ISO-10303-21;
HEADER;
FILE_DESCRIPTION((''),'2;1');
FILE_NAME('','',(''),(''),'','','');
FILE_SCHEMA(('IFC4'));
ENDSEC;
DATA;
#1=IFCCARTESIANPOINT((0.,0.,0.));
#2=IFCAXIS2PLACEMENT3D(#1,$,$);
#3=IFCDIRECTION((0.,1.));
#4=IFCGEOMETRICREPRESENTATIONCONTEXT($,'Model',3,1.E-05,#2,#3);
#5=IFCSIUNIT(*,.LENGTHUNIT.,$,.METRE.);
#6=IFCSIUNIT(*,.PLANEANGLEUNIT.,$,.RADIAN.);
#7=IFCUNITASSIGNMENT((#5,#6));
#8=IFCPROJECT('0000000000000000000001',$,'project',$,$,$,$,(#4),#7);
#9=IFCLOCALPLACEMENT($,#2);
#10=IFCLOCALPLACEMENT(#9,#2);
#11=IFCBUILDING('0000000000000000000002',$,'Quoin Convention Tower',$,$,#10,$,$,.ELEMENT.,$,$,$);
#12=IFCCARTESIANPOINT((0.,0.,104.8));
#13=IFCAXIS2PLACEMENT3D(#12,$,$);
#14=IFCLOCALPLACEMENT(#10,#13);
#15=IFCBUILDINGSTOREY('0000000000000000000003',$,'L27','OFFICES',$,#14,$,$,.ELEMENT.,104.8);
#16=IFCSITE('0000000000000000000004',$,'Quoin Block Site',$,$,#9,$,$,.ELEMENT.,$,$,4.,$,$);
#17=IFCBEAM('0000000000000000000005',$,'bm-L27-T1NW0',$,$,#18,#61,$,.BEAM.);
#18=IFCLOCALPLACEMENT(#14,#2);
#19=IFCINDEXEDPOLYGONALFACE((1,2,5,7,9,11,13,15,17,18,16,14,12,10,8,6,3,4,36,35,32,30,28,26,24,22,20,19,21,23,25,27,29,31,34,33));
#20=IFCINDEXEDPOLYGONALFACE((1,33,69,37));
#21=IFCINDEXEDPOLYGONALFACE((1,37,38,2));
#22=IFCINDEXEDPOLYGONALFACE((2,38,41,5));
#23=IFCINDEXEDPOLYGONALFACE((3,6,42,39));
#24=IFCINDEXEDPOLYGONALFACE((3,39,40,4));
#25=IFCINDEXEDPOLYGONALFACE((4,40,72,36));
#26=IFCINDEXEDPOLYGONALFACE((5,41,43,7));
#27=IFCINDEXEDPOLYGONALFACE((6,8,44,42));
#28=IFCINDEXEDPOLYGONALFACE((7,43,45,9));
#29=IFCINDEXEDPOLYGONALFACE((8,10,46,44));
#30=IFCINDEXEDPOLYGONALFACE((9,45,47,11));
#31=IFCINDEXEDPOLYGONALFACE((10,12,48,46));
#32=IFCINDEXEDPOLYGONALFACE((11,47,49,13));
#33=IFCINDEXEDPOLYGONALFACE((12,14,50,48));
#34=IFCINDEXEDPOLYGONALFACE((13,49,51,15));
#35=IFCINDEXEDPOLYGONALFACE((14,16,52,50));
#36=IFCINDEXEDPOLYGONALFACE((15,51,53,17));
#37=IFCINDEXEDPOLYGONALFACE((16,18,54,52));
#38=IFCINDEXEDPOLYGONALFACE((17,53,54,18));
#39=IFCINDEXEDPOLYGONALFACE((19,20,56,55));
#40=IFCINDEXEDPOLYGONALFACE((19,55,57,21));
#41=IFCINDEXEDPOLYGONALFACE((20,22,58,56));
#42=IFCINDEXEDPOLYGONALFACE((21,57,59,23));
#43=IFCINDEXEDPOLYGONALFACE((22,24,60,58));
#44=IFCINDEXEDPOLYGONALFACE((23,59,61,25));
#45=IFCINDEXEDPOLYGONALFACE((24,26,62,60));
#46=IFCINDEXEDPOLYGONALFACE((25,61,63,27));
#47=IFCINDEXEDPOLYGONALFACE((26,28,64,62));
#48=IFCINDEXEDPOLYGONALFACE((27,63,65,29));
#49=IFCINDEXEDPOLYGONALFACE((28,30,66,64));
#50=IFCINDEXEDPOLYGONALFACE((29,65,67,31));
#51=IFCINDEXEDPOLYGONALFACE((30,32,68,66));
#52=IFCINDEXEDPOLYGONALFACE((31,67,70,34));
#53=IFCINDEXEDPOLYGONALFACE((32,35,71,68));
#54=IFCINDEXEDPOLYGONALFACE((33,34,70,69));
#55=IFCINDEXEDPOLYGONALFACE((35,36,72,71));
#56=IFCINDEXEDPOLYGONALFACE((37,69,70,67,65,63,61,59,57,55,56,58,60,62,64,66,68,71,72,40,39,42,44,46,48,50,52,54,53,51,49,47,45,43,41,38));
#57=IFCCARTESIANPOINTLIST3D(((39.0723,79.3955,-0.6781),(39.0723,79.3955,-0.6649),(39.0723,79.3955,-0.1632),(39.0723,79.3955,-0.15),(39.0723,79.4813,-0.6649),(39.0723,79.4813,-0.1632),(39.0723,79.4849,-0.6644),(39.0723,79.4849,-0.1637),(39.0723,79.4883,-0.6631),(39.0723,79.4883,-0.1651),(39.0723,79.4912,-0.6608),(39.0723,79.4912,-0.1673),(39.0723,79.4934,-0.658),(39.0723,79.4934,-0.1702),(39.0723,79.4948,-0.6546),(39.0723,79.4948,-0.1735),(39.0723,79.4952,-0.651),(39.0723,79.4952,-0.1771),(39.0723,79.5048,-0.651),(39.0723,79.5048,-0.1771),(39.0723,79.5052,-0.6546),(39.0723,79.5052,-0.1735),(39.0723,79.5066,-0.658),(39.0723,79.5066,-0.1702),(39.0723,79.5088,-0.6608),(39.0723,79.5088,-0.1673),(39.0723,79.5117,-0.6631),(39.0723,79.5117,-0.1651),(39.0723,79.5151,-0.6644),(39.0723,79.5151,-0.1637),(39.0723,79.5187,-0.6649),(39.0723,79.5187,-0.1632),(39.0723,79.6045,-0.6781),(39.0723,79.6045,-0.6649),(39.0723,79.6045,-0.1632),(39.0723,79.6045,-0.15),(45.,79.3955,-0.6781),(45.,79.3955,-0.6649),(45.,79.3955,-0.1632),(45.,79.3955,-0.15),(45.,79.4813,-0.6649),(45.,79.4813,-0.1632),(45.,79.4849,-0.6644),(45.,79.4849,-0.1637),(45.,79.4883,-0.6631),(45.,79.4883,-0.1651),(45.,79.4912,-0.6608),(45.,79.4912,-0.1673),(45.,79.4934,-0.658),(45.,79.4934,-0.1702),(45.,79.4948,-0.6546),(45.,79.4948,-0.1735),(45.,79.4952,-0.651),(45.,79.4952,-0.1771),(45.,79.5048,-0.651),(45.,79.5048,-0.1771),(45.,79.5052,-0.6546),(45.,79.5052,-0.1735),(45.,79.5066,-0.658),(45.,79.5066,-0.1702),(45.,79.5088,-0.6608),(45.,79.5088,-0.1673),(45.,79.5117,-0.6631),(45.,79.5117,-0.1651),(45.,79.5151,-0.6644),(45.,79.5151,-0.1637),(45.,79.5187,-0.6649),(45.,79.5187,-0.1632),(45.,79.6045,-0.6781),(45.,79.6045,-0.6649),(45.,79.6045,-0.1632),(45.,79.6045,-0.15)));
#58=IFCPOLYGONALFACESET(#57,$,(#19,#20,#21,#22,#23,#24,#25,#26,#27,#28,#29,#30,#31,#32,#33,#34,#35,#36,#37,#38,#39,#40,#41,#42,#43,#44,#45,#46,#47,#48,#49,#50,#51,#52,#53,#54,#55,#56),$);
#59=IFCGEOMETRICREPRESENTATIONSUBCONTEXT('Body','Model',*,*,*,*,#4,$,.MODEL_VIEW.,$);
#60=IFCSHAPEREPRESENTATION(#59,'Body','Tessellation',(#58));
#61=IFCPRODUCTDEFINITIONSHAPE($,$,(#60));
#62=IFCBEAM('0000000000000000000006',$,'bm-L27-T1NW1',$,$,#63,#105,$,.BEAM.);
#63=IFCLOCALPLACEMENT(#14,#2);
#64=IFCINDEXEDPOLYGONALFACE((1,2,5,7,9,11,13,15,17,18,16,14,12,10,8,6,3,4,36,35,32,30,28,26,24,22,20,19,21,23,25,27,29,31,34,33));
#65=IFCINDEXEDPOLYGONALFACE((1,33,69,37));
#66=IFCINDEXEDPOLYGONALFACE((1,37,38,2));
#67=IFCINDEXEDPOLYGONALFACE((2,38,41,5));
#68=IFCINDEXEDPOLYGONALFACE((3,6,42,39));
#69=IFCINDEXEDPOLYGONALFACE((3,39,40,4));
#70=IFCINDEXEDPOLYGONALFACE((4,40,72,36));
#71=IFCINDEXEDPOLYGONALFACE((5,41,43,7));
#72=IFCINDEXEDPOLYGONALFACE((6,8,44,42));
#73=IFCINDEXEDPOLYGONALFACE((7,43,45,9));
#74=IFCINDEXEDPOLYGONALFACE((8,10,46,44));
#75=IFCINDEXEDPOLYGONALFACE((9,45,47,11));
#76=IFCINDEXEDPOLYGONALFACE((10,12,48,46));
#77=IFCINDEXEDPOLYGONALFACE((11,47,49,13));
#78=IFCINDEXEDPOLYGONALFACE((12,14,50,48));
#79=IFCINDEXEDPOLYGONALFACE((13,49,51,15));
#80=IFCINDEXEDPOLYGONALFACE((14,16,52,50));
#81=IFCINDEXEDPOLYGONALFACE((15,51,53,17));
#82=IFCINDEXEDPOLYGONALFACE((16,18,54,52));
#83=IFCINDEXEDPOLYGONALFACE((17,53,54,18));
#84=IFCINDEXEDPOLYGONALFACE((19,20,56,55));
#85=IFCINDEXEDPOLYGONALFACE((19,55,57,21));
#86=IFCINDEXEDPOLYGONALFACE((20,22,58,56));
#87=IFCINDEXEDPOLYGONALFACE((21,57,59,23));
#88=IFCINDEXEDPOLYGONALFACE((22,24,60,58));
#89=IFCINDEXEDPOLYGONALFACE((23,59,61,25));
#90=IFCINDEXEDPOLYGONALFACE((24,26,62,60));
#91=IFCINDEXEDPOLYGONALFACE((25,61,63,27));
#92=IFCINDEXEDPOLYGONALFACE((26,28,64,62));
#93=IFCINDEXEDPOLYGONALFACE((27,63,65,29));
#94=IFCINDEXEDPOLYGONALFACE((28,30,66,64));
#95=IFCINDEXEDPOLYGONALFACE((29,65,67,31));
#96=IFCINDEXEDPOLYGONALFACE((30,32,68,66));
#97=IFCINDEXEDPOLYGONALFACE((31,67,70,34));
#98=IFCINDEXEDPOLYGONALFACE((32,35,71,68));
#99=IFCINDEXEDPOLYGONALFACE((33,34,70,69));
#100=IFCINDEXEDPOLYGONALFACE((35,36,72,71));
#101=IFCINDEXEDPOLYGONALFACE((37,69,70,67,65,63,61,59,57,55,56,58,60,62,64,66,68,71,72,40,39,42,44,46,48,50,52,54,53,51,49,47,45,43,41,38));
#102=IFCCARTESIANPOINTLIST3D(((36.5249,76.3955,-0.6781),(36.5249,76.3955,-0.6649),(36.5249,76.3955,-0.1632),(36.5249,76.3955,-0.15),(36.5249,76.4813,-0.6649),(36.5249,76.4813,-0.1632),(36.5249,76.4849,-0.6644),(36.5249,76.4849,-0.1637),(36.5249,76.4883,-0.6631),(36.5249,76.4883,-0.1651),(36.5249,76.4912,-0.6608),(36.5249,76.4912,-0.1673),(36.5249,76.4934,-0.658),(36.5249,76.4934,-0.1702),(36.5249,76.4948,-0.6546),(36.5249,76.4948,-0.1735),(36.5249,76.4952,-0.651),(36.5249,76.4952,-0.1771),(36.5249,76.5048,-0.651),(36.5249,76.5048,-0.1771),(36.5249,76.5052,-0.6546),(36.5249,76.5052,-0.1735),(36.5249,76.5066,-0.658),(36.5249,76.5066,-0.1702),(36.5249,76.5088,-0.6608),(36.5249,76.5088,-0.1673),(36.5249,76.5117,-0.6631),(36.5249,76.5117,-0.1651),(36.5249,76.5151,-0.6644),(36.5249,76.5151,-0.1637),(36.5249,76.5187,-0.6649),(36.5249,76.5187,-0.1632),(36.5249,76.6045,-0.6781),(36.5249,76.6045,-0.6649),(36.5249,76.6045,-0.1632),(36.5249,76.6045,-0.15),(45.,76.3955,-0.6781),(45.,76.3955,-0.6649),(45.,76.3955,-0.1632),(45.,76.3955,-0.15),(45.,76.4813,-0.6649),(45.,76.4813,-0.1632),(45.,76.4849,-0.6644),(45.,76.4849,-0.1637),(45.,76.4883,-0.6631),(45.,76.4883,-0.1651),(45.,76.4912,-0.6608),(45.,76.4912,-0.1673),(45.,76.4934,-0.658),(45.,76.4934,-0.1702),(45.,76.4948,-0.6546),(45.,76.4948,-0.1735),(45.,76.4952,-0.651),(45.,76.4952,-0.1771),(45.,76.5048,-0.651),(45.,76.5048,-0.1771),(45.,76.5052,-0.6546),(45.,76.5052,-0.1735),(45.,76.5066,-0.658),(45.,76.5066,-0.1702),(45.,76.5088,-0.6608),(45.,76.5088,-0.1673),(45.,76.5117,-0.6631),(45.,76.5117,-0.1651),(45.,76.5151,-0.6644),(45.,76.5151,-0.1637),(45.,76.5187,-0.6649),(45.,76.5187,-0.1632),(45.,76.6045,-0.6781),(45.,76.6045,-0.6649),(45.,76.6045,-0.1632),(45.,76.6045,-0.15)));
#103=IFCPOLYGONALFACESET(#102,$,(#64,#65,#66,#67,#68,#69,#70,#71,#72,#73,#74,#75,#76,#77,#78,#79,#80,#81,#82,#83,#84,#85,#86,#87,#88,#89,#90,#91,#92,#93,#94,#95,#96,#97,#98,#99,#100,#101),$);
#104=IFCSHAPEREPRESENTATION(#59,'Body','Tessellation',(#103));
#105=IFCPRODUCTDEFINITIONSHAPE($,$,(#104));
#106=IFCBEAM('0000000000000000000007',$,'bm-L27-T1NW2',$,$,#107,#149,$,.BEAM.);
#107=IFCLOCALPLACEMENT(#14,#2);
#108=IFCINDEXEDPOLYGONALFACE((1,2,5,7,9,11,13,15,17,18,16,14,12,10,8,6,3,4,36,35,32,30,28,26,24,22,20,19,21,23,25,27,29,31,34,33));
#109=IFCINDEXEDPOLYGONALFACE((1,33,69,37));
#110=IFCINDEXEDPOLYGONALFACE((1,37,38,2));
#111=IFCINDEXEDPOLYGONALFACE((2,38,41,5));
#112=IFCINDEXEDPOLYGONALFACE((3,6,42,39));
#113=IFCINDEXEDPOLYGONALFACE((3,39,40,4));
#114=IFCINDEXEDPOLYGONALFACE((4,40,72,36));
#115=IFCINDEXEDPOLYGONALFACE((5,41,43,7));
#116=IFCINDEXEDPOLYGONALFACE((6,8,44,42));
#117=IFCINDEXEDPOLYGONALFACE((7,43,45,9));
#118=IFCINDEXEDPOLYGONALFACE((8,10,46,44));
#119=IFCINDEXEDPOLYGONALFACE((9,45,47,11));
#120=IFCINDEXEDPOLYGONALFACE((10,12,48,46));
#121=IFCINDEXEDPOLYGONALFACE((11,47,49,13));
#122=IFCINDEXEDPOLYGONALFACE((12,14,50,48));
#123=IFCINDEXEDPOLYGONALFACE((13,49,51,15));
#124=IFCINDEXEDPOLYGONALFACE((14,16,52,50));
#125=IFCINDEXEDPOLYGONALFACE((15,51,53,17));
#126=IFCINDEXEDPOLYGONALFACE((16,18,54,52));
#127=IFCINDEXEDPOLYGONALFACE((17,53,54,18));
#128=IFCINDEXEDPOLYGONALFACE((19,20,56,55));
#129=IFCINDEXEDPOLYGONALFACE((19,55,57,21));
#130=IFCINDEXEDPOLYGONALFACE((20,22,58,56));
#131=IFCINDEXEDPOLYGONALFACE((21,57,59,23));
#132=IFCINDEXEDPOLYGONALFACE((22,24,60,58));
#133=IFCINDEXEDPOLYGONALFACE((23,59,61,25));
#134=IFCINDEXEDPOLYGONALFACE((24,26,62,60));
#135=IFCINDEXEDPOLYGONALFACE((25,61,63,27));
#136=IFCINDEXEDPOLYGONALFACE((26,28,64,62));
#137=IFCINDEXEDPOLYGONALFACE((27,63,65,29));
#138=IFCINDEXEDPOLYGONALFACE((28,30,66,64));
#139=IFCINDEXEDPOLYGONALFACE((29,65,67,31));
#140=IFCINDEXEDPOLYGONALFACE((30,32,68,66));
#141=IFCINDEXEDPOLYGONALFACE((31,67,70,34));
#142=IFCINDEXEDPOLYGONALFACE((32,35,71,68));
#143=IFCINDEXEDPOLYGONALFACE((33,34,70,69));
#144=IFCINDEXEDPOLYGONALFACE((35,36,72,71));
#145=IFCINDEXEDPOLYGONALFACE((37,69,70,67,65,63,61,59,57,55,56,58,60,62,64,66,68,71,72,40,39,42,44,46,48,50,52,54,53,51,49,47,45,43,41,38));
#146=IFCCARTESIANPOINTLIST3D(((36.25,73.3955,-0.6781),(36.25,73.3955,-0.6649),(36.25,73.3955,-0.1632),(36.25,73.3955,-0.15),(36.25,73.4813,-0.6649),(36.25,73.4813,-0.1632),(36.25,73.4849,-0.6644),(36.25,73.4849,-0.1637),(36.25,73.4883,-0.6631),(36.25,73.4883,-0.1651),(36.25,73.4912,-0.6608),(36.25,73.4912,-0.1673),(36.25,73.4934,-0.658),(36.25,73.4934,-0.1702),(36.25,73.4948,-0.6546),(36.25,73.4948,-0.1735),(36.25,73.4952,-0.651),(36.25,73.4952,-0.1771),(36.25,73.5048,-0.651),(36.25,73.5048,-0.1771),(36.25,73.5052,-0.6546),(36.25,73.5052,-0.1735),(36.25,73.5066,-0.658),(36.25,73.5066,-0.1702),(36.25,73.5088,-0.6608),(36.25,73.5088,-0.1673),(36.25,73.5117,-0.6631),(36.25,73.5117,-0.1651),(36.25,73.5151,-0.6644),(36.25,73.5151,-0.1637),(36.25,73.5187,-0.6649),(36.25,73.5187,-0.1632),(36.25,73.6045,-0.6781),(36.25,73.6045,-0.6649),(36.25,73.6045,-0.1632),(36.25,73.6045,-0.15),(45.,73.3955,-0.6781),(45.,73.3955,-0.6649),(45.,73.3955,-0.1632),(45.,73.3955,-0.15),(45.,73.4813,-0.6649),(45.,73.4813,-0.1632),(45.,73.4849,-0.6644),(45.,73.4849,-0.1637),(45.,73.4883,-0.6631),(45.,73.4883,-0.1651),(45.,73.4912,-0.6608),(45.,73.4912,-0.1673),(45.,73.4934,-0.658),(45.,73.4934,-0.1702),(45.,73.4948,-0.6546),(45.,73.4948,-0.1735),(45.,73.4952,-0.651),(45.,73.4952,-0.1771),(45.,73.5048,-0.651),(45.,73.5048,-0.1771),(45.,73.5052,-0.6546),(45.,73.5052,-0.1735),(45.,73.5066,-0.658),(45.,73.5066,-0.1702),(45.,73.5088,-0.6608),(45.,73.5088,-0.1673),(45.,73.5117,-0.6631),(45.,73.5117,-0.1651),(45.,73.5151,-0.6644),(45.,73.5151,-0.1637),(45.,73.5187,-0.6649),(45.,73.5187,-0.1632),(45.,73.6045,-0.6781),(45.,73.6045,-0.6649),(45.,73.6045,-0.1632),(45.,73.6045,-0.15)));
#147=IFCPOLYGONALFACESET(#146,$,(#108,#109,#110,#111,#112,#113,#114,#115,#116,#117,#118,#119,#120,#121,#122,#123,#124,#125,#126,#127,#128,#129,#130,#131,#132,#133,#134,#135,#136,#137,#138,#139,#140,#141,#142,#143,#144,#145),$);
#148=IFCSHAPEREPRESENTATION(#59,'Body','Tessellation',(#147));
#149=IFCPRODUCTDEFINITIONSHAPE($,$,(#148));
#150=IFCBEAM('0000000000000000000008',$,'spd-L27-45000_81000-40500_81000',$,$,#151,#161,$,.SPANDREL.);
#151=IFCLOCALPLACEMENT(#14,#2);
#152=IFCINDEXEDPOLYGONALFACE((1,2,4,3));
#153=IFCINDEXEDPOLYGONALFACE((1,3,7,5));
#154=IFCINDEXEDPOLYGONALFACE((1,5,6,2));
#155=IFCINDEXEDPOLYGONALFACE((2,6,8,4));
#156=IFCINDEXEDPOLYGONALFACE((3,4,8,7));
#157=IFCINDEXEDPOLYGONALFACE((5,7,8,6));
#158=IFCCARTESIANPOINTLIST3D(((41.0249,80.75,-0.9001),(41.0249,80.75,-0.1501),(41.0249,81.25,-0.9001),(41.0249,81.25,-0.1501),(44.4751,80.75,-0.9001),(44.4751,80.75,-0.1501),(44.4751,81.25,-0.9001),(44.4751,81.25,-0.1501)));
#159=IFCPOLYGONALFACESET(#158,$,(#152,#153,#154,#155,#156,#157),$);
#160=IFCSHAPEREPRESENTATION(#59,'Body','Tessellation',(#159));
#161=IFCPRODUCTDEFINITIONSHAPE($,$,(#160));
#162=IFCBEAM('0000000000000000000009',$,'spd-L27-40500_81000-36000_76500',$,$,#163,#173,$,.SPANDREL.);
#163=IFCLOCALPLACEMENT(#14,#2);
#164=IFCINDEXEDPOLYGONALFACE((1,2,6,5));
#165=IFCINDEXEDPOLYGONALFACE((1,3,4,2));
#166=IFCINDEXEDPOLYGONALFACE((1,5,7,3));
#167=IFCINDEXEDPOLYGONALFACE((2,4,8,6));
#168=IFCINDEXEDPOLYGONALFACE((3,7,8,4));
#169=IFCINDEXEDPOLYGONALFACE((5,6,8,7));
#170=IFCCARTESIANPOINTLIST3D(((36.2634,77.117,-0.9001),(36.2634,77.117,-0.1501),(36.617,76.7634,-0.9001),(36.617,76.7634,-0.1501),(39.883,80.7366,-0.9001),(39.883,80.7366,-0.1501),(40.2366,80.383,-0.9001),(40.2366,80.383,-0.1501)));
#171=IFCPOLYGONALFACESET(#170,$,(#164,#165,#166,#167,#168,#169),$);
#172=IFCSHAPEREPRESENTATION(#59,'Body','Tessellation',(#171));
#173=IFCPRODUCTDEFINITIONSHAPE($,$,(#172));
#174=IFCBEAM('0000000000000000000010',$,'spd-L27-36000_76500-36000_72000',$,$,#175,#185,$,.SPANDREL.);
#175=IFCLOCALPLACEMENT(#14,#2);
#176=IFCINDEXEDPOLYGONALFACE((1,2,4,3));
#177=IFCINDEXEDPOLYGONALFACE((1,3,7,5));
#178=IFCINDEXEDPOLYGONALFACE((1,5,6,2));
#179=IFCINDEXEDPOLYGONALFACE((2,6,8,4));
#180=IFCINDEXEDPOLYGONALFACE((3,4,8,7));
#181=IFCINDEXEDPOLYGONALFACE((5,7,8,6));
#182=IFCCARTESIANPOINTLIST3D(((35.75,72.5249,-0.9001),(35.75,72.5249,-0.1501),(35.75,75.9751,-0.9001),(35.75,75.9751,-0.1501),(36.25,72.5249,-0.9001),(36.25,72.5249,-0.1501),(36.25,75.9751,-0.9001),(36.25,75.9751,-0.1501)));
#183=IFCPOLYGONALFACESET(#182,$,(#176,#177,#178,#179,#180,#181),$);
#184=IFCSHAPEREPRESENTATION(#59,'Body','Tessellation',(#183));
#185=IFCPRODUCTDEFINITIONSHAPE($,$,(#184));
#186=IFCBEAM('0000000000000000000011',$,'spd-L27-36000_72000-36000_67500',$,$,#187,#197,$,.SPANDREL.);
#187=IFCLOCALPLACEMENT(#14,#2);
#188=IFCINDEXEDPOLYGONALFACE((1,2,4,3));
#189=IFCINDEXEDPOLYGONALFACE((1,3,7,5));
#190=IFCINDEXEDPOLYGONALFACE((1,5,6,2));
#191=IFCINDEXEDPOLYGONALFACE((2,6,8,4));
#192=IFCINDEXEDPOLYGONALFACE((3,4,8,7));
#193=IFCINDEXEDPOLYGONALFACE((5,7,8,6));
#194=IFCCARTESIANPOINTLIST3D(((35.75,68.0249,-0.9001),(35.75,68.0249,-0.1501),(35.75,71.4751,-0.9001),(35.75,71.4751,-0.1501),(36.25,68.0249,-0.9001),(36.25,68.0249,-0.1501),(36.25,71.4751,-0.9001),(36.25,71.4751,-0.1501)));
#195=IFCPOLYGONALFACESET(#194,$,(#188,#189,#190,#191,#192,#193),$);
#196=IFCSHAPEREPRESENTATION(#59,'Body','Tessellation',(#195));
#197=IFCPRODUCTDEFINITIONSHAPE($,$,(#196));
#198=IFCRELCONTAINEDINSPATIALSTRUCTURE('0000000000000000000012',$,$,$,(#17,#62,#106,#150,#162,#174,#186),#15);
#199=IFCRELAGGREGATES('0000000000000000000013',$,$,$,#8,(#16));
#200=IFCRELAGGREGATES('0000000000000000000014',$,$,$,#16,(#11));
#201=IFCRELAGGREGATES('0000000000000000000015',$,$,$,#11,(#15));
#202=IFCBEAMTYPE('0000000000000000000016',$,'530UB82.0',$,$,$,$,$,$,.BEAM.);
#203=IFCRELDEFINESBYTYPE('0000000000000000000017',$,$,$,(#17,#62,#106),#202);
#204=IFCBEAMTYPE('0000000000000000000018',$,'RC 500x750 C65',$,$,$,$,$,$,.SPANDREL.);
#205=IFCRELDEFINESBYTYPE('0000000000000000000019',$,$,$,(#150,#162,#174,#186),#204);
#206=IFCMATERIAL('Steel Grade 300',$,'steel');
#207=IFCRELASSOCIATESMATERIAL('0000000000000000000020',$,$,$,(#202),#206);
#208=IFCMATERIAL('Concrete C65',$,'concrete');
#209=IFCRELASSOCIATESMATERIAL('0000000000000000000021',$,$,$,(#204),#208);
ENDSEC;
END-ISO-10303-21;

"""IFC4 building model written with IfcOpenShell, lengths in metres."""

from ifc_helpers import new_model, si_unit, direction, frame, origin, origin_2d, place, context, subcontext, project, spatial, rectangle, i_section, extrude, material, material_profile, profile_set, type_object, element, save


model = new_model("IFC4")

# Units and contexts
model_context = context("Model", 3, precision=1e-05, world=origin(), true_north=direction((0.0, 1.0)))
body_context = subcontext(model_context, "Body", "Model", "MODEL_VIEW")
ifc_project = project(units=[si_unit("LENGTHUNIT", "METRE"), si_unit("PLANEANGLEUNIT", "RADIAN")], contexts=[model_context])

# Site, building, storey
site_placement = place(None, origin())
site = spatial("IfcSite", under=ifc_project, at=site_placement, Name="Quoin Block Site", CompositionType="ELEMENT", RefElevation=4.0)
building_placement = place(site_placement, origin())
building = spatial("IfcBuilding", under=site, at=building_placement, Name="Quoin Convention Tower", CompositionType="ELEMENT")
storey_placement = place(building_placement, frame((0.0, 0.0, 104.8)))
storey = spatial("IfcBuildingStorey", under=building, at=storey_placement, Name="L27", Description="OFFICES", CompositionType="ELEMENT", Elevation=104.8)

# Shared definitions
ifc_material_1 = material(Name="Concrete C65", Category="concrete")

# Beams
ifc_material_2 = material(Name="Steel Grade 300", Category="steel")
ifc_material_profile_1 = material_profile(ifc_material_2, i_section(OverallWidth=0.209, OverallDepth=0.5281, WebThickness=0.0095, FlangeThickness=0.0132, FilletRadius=0.0139, at=origin_2d()), Name="530UB82.0")
ifc_profile_set_1 = profile_set([ifc_material_profile_1], Name="Steel Grade 300")
beam_type_1 = type_object("IfcBeamType", Name="530UB82.0", PredefinedType="BEAM", material=ifc_profile_set_1)
beam_1_placement = place(storey_placement, frame((39.0723, 79.5, -0.4141), z_axis=(1.0, 0.0, 0.0), x_axis=(0.0, 1.0, 0.0)))
element("IfcBeam", 1, at=beam_1_placement, inside=storey, type_object=beam_type_1, Name="bm-L27-T1NW0", PredefinedType="BEAM", context=body_context, shape_type="SweptSolid", body=[
    extrude(i_section(OverallWidth=0.209, OverallDepth=0.5281, WebThickness=0.0095, FlangeThickness=0.0132, FilletRadius=0.0139, at=origin_2d()), origin(), (0.0, 0.0, 1.0), 5.9277),
])
beam_2_placement = place(storey_placement, frame((36.5249, 76.5, -0.4141), z_axis=(1.0, 0.0, 0.0), x_axis=(0.0, 1.0, 0.0)))
element("IfcBeam", 2, at=beam_2_placement, inside=storey, type_object=beam_type_1, Name="bm-L27-T1NW1", PredefinedType="BEAM", context=body_context, shape_type="SweptSolid", body=[
    extrude(i_section(OverallWidth=0.209, OverallDepth=0.5281, WebThickness=0.0095, FlangeThickness=0.0132, FilletRadius=0.0139, at=origin_2d()), origin(), (0.0, 0.0, 1.0), 8.4751),
])
beam_3_placement = place(storey_placement, frame((36.25, 73.5, -0.4141), z_axis=(1.0, 0.0, 0.0), x_axis=(0.0, 1.0, 0.0)))
element("IfcBeam", 3, at=beam_3_placement, inside=storey, type_object=beam_type_1, Name="bm-L27-T1NW2", PredefinedType="BEAM", context=body_context, shape_type="SweptSolid", body=[
    extrude(i_section(OverallWidth=0.209, OverallDepth=0.5281, WebThickness=0.0095, FlangeThickness=0.0132, FilletRadius=0.0139, at=origin_2d()), origin(), (0.0, 0.0, 1.0), 8.75),
])
ifc_material_profile_2 = material_profile(ifc_material_1, rectangle(XDim=0.5, YDim=0.75, at=origin_2d()), Name="RC 500x750")
ifc_profile_set_2 = profile_set([ifc_material_profile_2], Name="Concrete C65")
beam_type_2 = type_object("IfcBeamType", Name="RC 500x750 C65", PredefinedType="SPANDREL", material=ifc_profile_set_2)
beam_4_placement = place(storey_placement, frame((44.4751, 81.0, -0.5251), z_axis=(-1.0, 0.0, 0.0), x_axis=(0.0, -1.0, 0.0)))
element("IfcBeam", 4, at=beam_4_placement, inside=storey, type_object=beam_type_2, Name="spd-L27-45000_81000-40500_81000", PredefinedType="SPANDREL", context=body_context, shape_type="SweptSolid", body=[
    extrude(rectangle(XDim=0.5, YDim=0.75, at=origin_2d()), origin(), (0.0, 0.0, 1.0), 3.4502),
])
beam_5_placement = place(storey_placement, frame((40.0598, 80.5598, -0.5251), z_axis=(-0.707107, -0.707107, 0.0), x_axis=(0.707107, -0.707107, 0.0)))
element("IfcBeam", 5, at=beam_5_placement, inside=storey, type_object=beam_type_2, Name="spd-L27-40500_81000-36000_76500", PredefinedType="SPANDREL", context=body_context, shape_type="SweptSolid", body=[
    extrude(rectangle(XDim=0.5, YDim=0.75, at=origin_2d()), origin(), (0.0, 0.0, 1.0), 5.1189),
])
for number, where, z_axis, x_axis, name in (
    (6, (36.0, 75.9751, -0.5251), (0.0, -1.0, 0.0), (1.0, 0.0, 0.0), "spd-L27-36000_76500-36000_72000"),
    (7, (36.0, 71.4751, -0.5251), (0.0, -1.0, 0.0), (1.0, 0.0, 0.0), "spd-L27-36000_72000-36000_67500"),
):
    element("IfcBeam", number, at=place(storey_placement, frame(where, z_axis=z_axis, x_axis=x_axis)), inside=storey, type_object=beam_type_2, Name=name, PredefinedType="SPANDREL", context=body_context, shape_type="SweptSolid", body=[
        extrude(rectangle(XDim=0.5, YDim=0.75, at=origin_2d()), origin(), (0.0, 0.0, 1.0), 3.4502),
    ])

save(model, "model.ifc")
